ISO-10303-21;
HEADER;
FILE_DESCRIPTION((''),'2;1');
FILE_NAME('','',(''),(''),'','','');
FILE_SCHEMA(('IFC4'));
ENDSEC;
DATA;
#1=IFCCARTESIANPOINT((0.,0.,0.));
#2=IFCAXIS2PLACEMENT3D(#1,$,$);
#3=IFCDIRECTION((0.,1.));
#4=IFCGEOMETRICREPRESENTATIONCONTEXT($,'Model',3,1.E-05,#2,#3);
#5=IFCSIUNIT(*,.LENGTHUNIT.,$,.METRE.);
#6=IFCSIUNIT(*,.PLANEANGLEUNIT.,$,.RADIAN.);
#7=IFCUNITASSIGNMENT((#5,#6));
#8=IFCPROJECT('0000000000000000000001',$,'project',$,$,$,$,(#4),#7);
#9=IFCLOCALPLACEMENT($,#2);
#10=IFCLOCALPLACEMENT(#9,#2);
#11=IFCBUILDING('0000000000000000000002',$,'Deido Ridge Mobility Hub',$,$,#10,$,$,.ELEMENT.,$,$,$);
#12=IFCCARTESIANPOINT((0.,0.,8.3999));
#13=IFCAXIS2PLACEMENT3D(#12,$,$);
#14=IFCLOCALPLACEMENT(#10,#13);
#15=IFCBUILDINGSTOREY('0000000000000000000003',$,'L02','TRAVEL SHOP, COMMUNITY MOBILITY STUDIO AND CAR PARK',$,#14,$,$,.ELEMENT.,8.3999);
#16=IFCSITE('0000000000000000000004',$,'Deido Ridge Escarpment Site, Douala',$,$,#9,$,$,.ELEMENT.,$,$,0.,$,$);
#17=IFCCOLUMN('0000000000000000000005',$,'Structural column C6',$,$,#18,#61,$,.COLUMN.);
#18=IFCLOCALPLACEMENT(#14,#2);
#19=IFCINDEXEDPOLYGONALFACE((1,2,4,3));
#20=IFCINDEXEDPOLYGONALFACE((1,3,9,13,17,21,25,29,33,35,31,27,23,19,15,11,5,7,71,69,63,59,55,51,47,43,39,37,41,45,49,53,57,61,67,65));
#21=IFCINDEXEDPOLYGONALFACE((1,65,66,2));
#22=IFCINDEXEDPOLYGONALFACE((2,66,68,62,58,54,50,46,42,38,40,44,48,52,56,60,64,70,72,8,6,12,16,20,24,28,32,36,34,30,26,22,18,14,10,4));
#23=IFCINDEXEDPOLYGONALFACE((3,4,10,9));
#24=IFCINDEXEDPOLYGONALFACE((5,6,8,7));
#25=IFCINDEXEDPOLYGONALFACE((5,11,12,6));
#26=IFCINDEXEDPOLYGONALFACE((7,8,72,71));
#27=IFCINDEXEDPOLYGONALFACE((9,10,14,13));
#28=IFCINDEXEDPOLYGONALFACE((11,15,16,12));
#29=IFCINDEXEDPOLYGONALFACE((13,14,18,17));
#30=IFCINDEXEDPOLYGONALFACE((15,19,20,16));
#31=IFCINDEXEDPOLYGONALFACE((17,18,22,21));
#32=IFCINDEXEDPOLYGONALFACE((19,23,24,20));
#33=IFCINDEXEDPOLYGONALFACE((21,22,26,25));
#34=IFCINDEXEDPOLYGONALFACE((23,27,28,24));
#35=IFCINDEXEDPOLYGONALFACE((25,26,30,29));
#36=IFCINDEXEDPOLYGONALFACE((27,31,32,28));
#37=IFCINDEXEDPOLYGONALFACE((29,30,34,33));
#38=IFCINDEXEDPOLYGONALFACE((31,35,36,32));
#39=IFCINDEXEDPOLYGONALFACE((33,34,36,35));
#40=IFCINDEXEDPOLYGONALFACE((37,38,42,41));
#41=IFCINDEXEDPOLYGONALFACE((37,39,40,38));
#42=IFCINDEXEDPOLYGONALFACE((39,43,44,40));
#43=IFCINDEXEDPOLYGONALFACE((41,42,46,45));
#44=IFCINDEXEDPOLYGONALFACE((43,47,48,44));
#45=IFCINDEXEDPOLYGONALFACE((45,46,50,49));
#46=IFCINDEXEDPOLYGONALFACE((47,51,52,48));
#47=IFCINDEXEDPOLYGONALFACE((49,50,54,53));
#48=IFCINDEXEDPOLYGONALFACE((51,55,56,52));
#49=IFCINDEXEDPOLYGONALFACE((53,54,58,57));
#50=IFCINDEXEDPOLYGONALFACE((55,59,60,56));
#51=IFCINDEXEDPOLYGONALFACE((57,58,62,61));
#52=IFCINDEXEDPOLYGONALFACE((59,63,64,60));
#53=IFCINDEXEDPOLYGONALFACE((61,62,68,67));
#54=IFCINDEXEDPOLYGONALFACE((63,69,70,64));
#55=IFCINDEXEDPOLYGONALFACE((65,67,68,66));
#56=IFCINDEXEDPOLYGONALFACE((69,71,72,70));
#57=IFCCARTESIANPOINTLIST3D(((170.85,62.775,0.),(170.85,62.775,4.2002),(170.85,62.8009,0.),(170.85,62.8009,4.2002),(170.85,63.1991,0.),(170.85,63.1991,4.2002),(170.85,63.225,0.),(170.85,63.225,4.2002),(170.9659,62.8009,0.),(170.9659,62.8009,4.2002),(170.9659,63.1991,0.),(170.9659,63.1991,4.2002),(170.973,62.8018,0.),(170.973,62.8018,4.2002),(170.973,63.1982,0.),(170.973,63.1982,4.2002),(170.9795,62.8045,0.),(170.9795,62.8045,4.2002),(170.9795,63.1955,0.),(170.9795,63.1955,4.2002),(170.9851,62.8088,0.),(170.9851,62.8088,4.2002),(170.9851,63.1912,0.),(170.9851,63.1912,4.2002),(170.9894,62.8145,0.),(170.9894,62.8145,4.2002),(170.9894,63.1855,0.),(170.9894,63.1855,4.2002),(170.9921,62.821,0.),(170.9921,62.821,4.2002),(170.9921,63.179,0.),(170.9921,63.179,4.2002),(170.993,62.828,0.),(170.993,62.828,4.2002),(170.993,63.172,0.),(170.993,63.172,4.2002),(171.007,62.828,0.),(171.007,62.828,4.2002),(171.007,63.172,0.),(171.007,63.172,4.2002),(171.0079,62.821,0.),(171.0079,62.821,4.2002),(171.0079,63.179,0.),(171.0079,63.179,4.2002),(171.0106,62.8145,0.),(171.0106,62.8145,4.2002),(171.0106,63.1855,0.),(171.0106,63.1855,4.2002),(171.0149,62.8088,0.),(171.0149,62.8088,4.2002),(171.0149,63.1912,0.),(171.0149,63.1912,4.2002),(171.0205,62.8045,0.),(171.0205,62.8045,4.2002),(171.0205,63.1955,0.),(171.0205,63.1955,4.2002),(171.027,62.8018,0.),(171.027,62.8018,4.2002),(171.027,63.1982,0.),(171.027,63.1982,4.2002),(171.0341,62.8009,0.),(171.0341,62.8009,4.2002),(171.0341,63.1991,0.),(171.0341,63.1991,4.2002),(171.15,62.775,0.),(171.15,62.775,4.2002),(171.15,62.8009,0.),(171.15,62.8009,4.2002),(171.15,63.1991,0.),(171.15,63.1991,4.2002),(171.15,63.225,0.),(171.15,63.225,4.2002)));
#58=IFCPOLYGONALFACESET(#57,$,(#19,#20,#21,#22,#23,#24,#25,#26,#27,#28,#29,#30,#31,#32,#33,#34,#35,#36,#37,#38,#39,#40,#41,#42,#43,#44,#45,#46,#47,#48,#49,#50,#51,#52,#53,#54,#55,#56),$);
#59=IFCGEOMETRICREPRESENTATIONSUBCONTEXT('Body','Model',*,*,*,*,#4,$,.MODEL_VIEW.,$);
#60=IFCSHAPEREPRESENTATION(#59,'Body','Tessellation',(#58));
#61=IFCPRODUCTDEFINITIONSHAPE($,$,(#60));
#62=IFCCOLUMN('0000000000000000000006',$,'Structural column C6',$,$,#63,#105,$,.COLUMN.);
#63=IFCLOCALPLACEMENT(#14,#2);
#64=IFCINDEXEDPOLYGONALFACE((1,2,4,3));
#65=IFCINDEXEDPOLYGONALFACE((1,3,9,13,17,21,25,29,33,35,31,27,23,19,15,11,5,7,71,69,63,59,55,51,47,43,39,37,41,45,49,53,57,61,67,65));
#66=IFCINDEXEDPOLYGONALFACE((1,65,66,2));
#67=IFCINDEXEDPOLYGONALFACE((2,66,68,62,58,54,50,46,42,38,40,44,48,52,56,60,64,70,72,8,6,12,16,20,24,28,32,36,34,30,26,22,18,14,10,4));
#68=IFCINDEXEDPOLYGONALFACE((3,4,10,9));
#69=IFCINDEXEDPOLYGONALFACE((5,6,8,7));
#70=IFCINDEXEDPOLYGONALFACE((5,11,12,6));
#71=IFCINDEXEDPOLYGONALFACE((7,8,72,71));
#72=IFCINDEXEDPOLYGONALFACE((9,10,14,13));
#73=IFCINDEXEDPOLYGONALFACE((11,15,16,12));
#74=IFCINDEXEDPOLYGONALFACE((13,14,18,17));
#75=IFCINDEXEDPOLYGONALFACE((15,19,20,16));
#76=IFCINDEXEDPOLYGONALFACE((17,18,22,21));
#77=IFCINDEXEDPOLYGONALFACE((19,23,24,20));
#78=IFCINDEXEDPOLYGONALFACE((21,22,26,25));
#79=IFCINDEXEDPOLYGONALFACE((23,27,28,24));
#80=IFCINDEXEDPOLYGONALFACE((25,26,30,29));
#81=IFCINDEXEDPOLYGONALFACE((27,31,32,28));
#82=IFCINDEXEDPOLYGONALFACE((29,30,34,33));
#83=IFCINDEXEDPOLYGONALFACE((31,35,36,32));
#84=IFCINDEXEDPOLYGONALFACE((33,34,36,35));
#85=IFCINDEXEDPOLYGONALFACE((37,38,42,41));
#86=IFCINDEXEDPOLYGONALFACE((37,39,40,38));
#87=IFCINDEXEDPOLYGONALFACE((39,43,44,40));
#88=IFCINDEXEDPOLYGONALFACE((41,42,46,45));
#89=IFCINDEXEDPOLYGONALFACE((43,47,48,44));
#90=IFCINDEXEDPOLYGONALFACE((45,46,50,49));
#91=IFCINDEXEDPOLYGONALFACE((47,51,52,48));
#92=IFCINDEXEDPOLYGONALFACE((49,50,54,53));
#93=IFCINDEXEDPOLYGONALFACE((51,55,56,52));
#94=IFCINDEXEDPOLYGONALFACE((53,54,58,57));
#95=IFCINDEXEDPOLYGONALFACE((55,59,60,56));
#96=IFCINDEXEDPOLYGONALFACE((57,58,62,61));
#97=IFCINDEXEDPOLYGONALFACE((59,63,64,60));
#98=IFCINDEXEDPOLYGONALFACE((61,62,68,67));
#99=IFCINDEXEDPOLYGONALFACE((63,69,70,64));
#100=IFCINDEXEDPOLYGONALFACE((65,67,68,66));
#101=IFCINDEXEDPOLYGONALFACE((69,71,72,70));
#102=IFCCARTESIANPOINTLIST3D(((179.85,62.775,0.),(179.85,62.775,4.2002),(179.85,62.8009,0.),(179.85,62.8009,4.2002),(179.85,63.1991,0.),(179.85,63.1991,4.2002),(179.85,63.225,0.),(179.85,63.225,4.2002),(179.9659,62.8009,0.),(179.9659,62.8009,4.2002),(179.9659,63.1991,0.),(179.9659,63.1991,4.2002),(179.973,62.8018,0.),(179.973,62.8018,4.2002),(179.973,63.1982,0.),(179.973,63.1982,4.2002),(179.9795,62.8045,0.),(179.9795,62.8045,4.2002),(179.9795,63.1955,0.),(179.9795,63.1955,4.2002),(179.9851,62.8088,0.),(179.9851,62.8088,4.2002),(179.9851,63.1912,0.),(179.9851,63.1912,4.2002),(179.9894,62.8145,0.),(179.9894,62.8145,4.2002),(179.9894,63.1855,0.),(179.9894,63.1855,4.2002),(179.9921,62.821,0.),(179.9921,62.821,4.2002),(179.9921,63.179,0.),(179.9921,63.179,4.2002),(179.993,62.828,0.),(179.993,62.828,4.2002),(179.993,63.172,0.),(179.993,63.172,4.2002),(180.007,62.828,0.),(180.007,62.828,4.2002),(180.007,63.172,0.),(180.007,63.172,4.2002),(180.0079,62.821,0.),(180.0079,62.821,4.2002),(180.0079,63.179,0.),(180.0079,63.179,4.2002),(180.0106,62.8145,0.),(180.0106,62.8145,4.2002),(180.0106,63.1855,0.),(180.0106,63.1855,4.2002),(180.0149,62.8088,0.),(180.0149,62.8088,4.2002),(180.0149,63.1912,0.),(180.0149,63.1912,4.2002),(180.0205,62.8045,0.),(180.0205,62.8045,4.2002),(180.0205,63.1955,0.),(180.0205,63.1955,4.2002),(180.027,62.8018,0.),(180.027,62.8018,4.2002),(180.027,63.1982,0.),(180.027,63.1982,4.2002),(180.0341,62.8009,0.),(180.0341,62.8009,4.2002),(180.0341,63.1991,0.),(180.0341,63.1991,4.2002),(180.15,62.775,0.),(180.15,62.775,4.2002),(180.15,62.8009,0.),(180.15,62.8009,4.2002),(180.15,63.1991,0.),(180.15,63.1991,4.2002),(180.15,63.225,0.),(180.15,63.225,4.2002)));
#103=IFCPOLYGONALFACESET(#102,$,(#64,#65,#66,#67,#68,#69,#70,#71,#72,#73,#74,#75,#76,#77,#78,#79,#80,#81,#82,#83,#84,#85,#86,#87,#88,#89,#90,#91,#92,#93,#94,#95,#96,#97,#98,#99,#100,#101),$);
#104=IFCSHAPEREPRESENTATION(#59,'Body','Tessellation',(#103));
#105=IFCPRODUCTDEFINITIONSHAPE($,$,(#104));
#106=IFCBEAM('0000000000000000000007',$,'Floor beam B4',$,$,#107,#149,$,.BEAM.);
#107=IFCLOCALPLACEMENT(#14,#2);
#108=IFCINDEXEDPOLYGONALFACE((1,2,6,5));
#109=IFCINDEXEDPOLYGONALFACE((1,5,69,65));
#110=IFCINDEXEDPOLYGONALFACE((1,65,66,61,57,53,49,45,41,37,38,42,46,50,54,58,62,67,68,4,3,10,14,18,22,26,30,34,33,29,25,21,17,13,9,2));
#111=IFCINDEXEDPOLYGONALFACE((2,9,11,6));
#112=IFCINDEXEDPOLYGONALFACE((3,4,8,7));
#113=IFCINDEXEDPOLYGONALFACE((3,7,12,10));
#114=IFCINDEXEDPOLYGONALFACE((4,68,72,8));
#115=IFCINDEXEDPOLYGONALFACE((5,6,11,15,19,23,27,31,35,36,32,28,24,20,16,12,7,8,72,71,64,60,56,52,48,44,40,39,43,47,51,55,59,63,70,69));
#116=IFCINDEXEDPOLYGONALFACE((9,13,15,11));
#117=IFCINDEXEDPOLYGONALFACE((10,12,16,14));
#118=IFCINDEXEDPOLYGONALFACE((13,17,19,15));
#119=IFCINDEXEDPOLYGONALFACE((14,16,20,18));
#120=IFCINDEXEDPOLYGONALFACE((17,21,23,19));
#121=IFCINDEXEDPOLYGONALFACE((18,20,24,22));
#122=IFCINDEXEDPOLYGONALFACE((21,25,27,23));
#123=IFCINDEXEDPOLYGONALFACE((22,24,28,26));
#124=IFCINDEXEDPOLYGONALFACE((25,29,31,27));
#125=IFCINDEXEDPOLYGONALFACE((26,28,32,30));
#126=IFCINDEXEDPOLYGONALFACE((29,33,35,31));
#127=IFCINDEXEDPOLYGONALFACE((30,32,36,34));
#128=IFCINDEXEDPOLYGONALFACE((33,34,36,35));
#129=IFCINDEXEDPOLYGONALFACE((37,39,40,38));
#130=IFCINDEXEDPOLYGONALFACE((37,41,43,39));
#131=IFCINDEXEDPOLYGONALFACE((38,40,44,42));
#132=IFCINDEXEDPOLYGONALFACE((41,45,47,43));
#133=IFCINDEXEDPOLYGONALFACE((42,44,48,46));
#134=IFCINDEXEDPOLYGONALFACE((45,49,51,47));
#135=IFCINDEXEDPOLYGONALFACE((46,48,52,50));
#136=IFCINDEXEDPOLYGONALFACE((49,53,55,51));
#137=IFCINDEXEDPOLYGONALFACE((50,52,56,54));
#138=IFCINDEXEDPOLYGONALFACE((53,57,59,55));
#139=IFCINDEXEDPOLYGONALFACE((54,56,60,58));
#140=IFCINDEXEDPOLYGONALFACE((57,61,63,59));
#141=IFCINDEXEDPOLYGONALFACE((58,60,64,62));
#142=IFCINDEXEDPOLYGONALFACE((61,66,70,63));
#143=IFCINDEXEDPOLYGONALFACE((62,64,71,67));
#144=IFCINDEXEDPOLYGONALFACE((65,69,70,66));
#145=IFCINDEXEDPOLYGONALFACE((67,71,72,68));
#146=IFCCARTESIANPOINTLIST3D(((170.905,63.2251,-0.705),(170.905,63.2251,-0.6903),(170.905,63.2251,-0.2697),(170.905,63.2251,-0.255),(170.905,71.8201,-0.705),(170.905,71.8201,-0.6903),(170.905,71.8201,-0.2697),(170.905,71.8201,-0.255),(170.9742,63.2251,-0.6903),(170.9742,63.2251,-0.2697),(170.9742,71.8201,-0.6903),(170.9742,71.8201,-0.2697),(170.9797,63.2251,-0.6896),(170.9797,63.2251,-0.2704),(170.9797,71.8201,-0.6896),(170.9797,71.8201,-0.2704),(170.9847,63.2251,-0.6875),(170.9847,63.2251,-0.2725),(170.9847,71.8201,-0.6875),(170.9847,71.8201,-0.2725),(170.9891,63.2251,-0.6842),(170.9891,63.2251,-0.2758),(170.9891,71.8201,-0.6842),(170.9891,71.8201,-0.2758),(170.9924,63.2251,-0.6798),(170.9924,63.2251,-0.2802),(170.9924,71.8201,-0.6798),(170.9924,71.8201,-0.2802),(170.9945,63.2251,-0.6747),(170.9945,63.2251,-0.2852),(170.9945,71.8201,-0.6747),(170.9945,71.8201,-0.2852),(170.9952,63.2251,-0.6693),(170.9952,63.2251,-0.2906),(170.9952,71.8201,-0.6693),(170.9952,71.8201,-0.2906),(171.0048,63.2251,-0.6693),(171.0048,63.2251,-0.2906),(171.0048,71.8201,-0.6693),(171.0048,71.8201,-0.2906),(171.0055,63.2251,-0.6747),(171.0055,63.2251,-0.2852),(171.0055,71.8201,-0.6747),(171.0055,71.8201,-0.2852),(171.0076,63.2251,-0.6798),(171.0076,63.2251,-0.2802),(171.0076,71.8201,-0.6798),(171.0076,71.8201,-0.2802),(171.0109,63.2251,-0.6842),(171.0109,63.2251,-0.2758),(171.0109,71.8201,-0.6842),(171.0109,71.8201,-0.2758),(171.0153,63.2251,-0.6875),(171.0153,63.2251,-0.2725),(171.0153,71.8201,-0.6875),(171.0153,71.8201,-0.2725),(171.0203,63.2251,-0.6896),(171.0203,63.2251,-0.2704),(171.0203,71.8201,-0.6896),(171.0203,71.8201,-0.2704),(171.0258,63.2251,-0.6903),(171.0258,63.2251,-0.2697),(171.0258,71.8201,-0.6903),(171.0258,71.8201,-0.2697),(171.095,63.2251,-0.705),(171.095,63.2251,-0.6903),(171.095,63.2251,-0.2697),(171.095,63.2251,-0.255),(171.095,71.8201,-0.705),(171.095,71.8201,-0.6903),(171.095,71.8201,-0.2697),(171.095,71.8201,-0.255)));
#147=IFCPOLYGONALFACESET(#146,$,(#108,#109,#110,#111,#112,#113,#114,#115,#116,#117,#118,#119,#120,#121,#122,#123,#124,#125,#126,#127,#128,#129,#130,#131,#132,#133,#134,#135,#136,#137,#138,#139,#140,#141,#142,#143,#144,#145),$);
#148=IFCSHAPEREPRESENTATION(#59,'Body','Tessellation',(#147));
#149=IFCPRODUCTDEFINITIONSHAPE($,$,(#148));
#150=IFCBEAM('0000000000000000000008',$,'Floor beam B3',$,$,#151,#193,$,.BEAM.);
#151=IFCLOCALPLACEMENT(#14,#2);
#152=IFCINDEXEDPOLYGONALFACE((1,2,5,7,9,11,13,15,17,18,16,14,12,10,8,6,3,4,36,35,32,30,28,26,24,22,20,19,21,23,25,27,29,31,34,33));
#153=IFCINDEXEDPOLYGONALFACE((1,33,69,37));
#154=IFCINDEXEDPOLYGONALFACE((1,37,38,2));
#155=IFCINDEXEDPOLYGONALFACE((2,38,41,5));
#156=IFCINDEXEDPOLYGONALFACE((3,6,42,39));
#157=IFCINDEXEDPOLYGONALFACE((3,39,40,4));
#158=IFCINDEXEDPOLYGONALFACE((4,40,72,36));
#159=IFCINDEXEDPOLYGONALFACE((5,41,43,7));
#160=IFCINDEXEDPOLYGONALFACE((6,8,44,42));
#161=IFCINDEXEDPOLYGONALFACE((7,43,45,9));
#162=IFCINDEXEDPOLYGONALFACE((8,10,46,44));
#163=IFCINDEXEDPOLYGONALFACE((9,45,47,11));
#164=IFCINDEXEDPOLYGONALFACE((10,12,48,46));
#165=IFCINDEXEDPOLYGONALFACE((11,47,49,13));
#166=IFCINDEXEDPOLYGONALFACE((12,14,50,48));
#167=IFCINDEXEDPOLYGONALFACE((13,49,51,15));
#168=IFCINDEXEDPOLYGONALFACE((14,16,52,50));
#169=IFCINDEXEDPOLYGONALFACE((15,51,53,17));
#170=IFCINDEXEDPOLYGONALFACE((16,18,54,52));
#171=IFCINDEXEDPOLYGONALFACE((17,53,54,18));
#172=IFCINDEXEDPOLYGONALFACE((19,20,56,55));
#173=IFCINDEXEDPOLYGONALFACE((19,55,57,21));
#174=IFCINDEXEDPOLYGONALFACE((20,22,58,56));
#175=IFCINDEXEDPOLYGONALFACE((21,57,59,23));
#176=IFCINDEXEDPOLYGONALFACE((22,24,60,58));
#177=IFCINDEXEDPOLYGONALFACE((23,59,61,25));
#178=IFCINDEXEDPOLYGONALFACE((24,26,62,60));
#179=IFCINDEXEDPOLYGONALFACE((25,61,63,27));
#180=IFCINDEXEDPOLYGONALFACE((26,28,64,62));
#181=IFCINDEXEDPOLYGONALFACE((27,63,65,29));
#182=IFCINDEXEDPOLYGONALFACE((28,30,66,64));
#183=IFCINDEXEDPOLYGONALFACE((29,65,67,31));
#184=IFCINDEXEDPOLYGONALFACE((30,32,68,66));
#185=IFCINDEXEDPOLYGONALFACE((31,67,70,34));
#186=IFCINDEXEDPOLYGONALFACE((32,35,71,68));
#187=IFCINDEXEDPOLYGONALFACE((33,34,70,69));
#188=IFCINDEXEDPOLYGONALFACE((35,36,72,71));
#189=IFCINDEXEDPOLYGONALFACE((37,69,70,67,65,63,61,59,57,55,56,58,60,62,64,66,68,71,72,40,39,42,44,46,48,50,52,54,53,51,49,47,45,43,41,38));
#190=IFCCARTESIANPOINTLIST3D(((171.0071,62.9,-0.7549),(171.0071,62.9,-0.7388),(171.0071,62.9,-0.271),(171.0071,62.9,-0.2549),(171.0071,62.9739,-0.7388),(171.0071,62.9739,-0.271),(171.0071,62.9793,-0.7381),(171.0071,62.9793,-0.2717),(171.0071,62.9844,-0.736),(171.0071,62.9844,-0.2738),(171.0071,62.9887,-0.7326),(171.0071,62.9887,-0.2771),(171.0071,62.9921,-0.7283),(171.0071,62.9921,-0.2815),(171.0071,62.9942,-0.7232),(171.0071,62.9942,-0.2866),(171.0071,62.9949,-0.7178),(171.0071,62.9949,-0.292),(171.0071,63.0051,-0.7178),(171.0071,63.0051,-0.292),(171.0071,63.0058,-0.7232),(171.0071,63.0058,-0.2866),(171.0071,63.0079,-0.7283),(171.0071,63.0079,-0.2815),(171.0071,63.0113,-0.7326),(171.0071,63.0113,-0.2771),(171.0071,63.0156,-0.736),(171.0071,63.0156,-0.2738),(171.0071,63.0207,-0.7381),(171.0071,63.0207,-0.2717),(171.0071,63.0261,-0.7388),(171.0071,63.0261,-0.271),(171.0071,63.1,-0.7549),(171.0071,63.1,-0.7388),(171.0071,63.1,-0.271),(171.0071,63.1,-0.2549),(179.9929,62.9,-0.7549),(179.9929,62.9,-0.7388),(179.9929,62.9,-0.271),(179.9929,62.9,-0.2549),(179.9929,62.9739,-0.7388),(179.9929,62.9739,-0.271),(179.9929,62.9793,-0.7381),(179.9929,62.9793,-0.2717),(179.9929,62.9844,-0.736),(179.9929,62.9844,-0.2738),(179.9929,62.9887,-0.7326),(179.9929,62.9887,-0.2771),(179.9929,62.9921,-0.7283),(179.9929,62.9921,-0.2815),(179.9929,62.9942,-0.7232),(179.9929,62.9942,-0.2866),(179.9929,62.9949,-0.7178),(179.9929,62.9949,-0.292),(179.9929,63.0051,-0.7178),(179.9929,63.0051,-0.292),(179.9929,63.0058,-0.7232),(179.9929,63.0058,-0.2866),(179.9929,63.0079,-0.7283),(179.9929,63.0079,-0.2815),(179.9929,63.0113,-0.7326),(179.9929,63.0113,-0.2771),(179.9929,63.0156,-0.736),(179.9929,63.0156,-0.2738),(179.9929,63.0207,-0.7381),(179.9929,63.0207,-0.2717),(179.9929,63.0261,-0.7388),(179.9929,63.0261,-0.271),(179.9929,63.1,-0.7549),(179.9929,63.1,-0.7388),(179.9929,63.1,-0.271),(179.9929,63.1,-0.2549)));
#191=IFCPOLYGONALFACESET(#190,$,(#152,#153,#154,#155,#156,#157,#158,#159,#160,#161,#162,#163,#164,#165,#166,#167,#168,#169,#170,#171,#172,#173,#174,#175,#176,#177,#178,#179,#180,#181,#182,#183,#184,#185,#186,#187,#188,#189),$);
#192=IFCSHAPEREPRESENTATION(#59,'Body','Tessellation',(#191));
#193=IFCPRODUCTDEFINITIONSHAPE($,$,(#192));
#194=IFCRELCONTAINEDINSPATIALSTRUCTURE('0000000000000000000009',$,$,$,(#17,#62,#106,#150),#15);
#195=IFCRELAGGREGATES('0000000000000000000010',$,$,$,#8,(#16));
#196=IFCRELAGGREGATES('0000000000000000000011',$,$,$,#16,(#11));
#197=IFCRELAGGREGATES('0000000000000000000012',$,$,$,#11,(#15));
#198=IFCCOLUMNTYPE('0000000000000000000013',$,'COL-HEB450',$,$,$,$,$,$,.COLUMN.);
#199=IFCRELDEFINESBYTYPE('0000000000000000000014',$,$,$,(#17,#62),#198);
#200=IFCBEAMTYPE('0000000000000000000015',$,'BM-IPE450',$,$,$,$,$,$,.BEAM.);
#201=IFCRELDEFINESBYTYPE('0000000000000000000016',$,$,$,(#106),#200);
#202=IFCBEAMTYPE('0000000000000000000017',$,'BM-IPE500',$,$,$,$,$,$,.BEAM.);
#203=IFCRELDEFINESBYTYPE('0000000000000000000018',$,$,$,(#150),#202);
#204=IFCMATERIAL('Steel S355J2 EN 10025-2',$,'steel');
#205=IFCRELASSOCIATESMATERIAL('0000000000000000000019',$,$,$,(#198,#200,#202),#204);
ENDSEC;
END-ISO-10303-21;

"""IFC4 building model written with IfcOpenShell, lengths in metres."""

from ifc_helpers import new_model, si_unit, direction, frame, origin, origin_2d, place, context, subcontext, project, spatial, i_section, extrude, material, material_profile, profile_set, type_object, element, save


model = new_model("IFC4")

# Units and contexts
model_context = context("Model", 3, precision=1e-05, world=origin(), true_north=direction((0.0, 1.0)))
body_context = subcontext(model_context, "Body", "Model", "MODEL_VIEW")
ifc_project = project(units=[si_unit("LENGTHUNIT", "METRE"), si_unit("PLANEANGLEUNIT", "RADIAN")], contexts=[model_context])

# Site, building, storey
site_placement = place(None, origin())
site = spatial("IfcSite", under=ifc_project, at=site_placement, Name="Deido Ridge Escarpment Site, Douala", CompositionType="ELEMENT", RefElevation=0.0)
building_placement = place(site_placement, origin())
building = spatial("IfcBuilding", under=site, at=building_placement, Name="Deido Ridge Mobility Hub", CompositionType="ELEMENT")
storey_placement = place(building_placement, frame((0.0, 0.0, 8.3999)))
storey = spatial("IfcBuildingStorey", under=building, at=storey_placement, Name="L02", Description="TRAVEL SHOP, COMMUNITY MOBILITY STUDIO AND CAR PARK", CompositionType="ELEMENT", Elevation=8.3999)

# Columns
ifc_material_1 = material(Name="Steel S355J2 EN 10025-2", Category="steel")
ifc_material_profile_1 = material_profile(ifc_material_1, i_section(OverallWidth=0.3, OverallDepth=0.45, WebThickness=0.0139, FlangeThickness=0.0259, FilletRadius=0.0271, at=origin_2d()), Name="HEB 450")
ifc_profile_set_1 = profile_set([ifc_material_profile_1], Name="Steel S355J2 EN 10025-2")
column_type = type_object("IfcColumnType", Name="COL-HEB450", PredefinedType="COLUMN", material=ifc_profile_set_1)
for number, where, z_axis, x_axis, name in (
    (1, (171.0, 63.0, 0.0), (0.0, 0.0, 1.0), (1.0, 0.0, 0.0), "Structural column C6"),
    (2, (180.0, 63.0, 0.0), (0.0, 0.0, 1.0), (1.0, 0.0, 0.0), "Structural column C6"),
):
    element("IfcColumn", number, at=place(storey_placement, frame(where, z_axis=z_axis, x_axis=x_axis)), inside=storey, type_object=column_type, Name=name, PredefinedType="COLUMN", context=body_context, shape_type="SweptSolid", body=[
        extrude(i_section(OverallWidth=0.3, OverallDepth=0.45, WebThickness=0.0139, FlangeThickness=0.0259, FilletRadius=0.0271, at=origin_2d()), origin(), (0.0, 0.0, 1.0), 4.2002),
    ])

# Beams
ifc_material_profile_2 = material_profile(ifc_material_1, i_section(OverallWidth=0.1899, OverallDepth=0.45, WebThickness=0.0095, FlangeThickness=0.0146, FilletRadius=0.021, at=origin_2d()), Name="IPE 450")
ifc_profile_set_2 = profile_set([ifc_material_profile_2], Name="Steel S355J2 EN 10025-2")
beam_type_1 = type_object("IfcBeamType", Name="BM-IPE450", PredefinedType="BEAM", material=ifc_profile_set_2)
beam_1_placement = place(storey_placement, frame((171.0, 63.2251, -0.48), z_axis=(0.0, 1.0, 0.0), x_axis=(-1.0, 0.0, 0.0)))
element("IfcBeam", 3, at=beam_1_placement, inside=storey, type_object=beam_type_1, Name="Floor beam B4", PredefinedType="BEAM", context=body_context, shape_type="SweptSolid", body=[
    extrude(i_section(OverallWidth=0.1899, OverallDepth=0.45, WebThickness=0.0095, FlangeThickness=0.0146, FilletRadius=0.021, at=origin_2d()), origin(), (0.0, 0.0, 1.0), 8.595),
])
ifc_material_profile_3 = material_profile(ifc_material_1, i_section(OverallWidth=0.2, OverallDepth=0.5, WebThickness=0.0103, FlangeThickness=0.0161, FilletRadius=0.021, at=origin_2d()), Name="IPE 500")
ifc_profile_set_3 = profile_set([ifc_material_profile_3], Name="Steel S355J2 EN 10025-2")
beam_type_2 = type_object("IfcBeamType", Name="BM-IPE500", PredefinedType="BEAM", material=ifc_profile_set_3)
beam_2_placement = place(storey_placement, frame((171.0071, 63.0, -0.5049), z_axis=(1.0, 0.0, 0.0), x_axis=(0.0, 1.0, 0.0)))
element("IfcBeam", 4, at=beam_2_placement, inside=storey, type_object=beam_type_2, Name="Floor beam B3", PredefinedType="BEAM", context=body_context, shape_type="SweptSolid", body=[
    extrude(i_section(OverallWidth=0.2, OverallDepth=0.5, WebThickness=0.0103, FlangeThickness=0.0161, FilletRadius=0.021, at=origin_2d()), origin(), (0.0, 0.0, 1.0), 8.9858),
])

save(model, "model.ifc")
